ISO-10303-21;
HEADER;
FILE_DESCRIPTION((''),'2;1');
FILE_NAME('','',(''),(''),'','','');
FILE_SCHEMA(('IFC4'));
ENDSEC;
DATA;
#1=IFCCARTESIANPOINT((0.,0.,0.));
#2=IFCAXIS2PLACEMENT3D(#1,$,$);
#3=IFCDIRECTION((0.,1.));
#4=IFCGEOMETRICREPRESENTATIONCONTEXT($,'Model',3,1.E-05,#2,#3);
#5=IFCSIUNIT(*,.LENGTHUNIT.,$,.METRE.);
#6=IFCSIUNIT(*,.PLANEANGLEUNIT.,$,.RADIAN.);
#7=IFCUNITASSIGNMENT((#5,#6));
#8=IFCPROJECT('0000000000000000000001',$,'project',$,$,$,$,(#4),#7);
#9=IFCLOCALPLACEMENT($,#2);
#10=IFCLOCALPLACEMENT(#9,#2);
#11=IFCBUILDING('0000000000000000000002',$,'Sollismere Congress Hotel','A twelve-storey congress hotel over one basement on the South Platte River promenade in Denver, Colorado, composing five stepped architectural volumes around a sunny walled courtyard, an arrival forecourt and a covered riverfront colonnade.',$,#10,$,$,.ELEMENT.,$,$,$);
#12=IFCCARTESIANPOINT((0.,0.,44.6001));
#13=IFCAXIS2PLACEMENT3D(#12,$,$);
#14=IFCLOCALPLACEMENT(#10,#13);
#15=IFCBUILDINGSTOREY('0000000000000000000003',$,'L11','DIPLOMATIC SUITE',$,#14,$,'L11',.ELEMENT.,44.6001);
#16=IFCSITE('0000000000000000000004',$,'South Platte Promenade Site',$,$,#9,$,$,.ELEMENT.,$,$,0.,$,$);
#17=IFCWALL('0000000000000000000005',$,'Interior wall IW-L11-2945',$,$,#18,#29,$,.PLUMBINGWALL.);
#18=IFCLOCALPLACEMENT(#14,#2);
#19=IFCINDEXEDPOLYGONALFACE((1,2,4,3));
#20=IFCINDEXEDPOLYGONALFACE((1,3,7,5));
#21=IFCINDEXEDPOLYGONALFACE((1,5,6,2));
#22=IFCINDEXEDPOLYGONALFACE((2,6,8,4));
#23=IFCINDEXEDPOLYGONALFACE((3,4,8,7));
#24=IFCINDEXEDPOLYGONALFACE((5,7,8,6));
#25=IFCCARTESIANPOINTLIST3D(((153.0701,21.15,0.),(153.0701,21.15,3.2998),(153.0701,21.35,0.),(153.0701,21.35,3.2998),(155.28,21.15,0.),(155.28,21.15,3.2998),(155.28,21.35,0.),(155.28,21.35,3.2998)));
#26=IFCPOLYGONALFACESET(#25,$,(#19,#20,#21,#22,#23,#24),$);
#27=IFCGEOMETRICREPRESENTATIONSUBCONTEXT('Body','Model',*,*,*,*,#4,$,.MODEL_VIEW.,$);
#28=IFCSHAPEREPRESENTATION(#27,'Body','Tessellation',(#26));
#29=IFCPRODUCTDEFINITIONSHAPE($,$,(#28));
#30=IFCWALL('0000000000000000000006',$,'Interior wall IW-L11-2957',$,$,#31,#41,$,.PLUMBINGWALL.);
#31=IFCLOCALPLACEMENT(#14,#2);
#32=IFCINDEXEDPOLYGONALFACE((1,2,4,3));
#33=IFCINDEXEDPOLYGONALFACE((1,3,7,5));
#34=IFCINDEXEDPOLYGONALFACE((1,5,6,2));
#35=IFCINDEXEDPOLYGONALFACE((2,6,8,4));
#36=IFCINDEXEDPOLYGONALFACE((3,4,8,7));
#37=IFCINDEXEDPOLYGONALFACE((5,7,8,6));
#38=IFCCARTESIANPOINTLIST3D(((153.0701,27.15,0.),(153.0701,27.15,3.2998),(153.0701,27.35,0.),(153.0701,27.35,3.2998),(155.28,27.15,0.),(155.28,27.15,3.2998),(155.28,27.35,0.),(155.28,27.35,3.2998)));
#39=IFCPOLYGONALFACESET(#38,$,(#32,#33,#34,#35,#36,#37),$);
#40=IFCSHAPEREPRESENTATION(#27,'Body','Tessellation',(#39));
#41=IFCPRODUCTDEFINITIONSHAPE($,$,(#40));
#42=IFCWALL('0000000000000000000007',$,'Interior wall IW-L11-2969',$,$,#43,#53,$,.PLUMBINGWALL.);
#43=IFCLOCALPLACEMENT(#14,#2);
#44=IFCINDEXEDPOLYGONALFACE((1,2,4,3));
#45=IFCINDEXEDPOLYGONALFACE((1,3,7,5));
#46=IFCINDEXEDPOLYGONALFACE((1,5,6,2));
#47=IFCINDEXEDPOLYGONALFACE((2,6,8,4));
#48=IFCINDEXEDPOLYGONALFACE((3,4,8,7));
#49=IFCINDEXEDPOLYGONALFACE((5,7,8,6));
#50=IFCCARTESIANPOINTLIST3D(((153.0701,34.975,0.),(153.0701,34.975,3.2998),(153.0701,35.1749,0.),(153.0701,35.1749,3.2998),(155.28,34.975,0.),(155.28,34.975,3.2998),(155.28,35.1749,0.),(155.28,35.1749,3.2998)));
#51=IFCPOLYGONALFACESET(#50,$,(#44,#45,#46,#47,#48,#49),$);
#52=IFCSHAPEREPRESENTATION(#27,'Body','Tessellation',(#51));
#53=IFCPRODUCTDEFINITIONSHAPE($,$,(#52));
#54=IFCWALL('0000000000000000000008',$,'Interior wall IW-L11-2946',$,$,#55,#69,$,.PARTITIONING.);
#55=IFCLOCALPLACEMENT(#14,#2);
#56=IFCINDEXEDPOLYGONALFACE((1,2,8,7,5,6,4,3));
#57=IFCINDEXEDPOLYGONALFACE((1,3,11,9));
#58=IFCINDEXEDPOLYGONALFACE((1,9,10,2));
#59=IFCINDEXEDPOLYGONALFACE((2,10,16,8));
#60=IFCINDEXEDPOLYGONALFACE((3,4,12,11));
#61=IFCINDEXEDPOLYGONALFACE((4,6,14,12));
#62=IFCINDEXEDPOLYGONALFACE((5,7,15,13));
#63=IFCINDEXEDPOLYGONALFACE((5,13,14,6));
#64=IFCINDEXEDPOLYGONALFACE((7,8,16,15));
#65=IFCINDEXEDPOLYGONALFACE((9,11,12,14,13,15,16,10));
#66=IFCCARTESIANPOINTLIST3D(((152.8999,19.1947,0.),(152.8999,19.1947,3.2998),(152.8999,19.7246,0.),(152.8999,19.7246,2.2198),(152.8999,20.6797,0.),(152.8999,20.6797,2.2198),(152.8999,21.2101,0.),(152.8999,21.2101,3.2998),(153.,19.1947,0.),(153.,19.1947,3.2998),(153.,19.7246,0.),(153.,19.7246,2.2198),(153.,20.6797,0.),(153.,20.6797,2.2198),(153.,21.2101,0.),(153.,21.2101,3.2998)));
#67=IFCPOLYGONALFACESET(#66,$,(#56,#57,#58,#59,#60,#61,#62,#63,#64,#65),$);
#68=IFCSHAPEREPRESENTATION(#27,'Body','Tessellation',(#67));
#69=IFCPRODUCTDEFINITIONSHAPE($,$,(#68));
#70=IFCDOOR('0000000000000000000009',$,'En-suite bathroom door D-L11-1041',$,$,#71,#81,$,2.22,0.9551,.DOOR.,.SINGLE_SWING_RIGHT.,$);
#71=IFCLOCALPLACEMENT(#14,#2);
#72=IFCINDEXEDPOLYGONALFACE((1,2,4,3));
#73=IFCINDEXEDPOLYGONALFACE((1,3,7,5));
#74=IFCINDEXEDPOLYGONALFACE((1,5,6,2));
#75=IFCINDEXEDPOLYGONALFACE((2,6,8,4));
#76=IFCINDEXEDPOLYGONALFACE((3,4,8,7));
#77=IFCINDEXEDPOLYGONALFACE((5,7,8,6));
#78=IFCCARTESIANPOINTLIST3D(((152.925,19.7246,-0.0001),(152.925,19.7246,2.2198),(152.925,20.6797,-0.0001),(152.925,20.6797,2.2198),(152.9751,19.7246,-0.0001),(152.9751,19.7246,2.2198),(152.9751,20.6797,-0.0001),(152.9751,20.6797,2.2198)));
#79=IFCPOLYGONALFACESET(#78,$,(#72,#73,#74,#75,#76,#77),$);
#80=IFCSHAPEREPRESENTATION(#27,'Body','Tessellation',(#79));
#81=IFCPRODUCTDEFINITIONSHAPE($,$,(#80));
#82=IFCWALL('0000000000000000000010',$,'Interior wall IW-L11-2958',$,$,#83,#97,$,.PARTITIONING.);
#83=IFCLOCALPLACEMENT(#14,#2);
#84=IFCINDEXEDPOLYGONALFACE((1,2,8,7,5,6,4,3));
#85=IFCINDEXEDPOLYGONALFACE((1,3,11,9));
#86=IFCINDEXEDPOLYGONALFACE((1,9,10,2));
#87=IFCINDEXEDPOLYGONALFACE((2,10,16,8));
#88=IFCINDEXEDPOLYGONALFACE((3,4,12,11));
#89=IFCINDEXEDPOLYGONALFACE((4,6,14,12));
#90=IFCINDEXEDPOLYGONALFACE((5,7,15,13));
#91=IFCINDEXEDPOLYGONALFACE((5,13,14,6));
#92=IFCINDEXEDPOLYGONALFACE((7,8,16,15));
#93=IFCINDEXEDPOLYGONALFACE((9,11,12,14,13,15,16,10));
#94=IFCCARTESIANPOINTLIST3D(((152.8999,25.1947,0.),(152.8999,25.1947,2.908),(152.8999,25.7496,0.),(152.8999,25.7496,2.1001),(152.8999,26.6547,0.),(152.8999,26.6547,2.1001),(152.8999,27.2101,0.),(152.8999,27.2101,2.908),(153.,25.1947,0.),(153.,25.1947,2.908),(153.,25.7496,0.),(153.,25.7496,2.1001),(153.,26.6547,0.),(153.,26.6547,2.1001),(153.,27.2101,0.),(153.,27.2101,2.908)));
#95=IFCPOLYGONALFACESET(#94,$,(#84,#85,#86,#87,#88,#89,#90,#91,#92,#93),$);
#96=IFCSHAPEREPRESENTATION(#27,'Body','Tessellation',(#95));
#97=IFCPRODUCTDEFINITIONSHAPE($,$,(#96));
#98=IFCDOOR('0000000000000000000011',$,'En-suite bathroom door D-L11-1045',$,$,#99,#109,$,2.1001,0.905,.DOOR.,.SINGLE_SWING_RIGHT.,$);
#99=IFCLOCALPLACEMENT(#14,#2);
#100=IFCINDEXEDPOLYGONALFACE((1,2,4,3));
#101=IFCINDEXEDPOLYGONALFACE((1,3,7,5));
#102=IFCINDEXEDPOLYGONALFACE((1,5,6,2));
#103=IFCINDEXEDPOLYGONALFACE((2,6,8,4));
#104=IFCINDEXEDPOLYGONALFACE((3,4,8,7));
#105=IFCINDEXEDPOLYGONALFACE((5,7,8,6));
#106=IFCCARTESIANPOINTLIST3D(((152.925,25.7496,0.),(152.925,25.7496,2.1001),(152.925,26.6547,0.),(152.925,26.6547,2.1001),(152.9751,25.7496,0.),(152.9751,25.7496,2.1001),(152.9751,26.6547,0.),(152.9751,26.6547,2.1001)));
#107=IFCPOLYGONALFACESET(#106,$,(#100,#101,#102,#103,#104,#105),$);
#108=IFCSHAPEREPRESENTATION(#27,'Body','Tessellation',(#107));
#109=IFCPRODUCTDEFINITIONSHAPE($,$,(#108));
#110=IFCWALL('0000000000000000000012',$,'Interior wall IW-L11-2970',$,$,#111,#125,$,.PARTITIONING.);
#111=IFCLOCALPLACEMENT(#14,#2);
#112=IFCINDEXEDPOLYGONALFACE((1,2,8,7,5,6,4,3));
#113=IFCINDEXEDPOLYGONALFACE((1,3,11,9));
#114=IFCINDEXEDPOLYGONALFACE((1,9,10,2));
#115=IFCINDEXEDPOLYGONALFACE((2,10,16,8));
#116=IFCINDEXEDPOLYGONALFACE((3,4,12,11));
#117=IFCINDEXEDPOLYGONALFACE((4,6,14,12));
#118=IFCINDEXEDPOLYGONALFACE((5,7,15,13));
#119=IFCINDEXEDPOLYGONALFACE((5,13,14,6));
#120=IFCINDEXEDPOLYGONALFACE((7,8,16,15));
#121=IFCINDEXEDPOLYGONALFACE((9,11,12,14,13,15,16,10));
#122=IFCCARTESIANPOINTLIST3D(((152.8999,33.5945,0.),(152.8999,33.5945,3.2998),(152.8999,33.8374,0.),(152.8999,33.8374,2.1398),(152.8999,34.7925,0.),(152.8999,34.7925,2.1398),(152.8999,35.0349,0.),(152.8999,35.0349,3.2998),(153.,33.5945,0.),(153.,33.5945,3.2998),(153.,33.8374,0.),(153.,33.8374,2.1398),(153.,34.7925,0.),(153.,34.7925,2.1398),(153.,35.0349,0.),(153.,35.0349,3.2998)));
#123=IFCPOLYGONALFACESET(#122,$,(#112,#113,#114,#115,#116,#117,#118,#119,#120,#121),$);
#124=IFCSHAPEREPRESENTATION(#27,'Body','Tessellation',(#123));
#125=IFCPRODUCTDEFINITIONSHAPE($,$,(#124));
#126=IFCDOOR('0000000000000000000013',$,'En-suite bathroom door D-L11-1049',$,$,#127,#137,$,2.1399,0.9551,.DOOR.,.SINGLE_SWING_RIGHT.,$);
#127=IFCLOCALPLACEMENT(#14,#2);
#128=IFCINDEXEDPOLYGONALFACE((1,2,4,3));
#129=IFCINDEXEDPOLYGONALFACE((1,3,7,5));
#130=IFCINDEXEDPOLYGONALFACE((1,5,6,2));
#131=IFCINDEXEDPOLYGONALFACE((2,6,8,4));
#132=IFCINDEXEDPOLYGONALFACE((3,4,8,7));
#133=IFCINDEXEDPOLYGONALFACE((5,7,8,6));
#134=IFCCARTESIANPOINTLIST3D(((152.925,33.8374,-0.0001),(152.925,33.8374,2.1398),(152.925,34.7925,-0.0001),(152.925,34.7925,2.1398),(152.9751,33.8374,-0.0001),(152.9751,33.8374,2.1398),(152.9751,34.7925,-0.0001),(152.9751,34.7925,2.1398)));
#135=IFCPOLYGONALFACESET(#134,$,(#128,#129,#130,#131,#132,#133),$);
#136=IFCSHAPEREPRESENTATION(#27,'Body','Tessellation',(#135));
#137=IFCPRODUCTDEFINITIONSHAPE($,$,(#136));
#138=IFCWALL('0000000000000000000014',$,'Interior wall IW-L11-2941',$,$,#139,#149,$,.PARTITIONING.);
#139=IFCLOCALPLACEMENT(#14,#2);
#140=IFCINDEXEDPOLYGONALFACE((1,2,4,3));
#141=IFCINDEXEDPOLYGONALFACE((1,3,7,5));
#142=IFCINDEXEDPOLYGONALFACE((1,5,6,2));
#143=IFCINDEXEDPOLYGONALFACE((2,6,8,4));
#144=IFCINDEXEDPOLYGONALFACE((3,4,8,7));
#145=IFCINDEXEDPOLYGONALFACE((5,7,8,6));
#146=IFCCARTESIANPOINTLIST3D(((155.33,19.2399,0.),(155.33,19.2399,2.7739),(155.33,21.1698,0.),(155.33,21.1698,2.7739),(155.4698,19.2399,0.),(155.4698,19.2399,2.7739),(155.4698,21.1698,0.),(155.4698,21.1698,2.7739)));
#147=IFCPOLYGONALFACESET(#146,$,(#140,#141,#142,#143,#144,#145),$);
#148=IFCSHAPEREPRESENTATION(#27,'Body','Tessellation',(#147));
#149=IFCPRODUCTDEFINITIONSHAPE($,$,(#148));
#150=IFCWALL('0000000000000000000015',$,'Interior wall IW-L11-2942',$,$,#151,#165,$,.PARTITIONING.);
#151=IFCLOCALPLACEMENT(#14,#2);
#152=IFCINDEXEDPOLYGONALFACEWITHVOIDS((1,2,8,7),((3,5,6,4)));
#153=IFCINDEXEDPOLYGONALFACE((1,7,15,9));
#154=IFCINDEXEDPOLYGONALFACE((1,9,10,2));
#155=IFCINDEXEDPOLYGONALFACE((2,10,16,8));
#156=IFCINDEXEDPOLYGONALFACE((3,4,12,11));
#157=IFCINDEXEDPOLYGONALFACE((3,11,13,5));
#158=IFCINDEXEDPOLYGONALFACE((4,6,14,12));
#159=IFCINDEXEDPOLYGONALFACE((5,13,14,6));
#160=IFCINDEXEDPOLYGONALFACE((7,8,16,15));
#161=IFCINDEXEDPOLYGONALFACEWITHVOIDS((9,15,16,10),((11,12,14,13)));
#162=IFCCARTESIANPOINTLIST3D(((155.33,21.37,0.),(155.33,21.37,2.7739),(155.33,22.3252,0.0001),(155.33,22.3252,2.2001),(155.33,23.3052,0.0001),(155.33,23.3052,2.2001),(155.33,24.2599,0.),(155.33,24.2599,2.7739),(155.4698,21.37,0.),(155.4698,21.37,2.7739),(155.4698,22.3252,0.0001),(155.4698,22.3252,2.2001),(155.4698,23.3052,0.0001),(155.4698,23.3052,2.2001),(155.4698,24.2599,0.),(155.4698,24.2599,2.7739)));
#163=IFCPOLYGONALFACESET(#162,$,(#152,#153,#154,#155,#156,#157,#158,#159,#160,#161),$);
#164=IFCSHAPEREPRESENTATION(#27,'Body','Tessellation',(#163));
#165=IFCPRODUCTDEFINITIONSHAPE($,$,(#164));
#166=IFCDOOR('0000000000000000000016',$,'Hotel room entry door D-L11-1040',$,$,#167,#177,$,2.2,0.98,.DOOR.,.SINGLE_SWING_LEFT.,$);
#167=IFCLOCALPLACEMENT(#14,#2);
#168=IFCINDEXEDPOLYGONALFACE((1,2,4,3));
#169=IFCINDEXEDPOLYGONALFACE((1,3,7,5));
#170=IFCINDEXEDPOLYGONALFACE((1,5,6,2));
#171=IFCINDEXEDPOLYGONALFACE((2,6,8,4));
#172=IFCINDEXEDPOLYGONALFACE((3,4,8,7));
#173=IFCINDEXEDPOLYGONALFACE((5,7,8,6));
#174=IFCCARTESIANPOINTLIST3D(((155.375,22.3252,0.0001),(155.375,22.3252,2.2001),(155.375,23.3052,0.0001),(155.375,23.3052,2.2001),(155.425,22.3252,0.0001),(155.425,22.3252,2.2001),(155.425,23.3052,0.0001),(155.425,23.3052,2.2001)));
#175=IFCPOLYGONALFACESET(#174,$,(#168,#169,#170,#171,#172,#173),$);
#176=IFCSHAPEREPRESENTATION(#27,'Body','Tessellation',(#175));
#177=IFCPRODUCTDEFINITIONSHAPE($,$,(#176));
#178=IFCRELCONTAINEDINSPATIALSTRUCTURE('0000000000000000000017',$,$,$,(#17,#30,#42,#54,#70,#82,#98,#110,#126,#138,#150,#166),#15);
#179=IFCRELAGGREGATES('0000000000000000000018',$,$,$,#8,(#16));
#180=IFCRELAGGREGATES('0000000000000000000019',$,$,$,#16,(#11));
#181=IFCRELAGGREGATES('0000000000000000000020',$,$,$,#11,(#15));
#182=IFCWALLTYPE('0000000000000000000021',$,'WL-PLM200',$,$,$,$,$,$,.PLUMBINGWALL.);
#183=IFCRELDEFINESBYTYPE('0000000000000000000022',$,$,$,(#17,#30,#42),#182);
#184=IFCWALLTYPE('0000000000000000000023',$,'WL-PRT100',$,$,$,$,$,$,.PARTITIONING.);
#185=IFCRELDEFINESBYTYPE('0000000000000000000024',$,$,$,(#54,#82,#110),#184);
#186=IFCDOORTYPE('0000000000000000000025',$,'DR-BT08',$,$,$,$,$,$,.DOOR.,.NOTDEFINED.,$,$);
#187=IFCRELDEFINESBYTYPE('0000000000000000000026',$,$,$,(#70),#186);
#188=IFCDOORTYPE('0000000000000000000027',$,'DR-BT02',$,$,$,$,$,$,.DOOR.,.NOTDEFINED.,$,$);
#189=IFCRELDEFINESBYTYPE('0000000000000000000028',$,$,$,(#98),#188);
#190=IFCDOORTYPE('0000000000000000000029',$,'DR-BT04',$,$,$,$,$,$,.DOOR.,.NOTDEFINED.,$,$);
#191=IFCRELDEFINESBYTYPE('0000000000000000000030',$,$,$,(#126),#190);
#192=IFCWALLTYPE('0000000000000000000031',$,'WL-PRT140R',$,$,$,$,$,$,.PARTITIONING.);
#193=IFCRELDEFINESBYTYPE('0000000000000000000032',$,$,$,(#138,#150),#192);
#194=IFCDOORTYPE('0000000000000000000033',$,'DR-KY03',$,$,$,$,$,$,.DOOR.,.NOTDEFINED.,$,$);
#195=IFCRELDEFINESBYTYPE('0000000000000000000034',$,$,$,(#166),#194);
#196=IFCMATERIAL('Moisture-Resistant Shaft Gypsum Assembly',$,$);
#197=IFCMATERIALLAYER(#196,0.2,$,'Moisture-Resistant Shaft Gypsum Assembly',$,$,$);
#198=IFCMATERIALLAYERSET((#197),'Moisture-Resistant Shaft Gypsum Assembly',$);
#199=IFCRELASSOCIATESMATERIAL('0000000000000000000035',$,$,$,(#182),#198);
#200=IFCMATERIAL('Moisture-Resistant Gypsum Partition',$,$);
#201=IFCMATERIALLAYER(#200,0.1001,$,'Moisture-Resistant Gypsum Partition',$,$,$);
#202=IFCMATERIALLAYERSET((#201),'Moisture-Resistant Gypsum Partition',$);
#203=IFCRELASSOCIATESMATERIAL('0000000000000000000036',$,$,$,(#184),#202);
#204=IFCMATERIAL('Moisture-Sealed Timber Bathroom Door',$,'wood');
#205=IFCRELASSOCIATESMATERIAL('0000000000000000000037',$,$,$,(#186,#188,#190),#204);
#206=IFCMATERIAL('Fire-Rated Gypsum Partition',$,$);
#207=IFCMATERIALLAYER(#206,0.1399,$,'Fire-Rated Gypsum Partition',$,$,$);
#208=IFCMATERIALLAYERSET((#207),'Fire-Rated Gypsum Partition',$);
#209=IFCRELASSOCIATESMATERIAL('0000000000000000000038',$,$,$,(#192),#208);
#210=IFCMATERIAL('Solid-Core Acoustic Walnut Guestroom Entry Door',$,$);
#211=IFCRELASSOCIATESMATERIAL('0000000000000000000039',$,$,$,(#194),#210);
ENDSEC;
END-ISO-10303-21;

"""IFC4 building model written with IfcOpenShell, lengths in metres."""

from ifc_helpers import new_model, si_unit, direction, frame, frame_2d, origin, place, context, subcontext, project, spatial, rectangle, extrude, material, layer, layer_set, type_object, element, fill, save


model = new_model("IFC4")

# Units and contexts
model_context = context("Model", 3, precision=1e-05, world=origin(), true_north=direction((0.0, 1.0)))
body_context = subcontext(model_context, "Body", "Model", "MODEL_VIEW")
ifc_project = project(units=[si_unit("LENGTHUNIT", "METRE"), si_unit("PLANEANGLEUNIT", "RADIAN")], contexts=[model_context])

# Site, building, storey
site_placement = place(None, origin())
site = spatial("IfcSite", under=ifc_project, at=site_placement, Name="South Platte Promenade Site", CompositionType="ELEMENT", RefElevation=0.0)
building_placement = place(site_placement, origin())
building = spatial("IfcBuilding", under=site, at=building_placement, Name="Sollismere Congress Hotel", Description="A twelve-storey congress hotel over one basement on the South Platte River promenade in Denver, Colorado, composing five stepped architectural volumes around a sunny walled courtyard, an arrival forecourt and a covered riverfront colonnade.", CompositionType="ELEMENT")
storey_placement = place(building_placement, frame((0.0, 0.0, 44.6001)))
storey = spatial("IfcBuildingStorey", under=building, at=storey_placement, Name="L11", Description="DIPLOMATIC SUITE", LongName="L11", CompositionType="ELEMENT", Elevation=44.6001)

# Walls
ifc_material_1 = material(Name="Moisture-Resistant Shaft Gypsum Assembly")
ifc_layer_1 = layer(ifc_material_1, 0.2, Name="Moisture-Resistant Shaft Gypsum Assembly")
ifc_layer_set_1 = layer_set([ifc_layer_1], Name="Moisture-Resistant Shaft Gypsum Assembly")
wall_type_1 = type_object("IfcWallType", Name="WL-PLM200", PredefinedType="PLUMBINGWALL", material=ifc_layer_set_1)
for number, where, z_axis, x_axis, name in (
    (1, (153.0701, 21.25, 0.0), (0.0, 0.0, 1.0), (1.0, 0.0, 0.0), "Interior wall IW-L11-2945"),
    (2, (153.0701, 27.25, 0.0), (0.0, 0.0, 1.0), (1.0, 0.0, 0.0), "Interior wall IW-L11-2957"),
    (3, (153.0701, 35.075, 0.0), (0.0, 0.0, 1.0), (1.0, 0.0, 0.0), "Interior wall IW-L11-2969"),
):
    element("IfcWall", number, at=place(storey_placement, frame(where, z_axis=z_axis, x_axis=x_axis)), inside=storey, type_object=wall_type_1, Name=name, PredefinedType="PLUMBINGWALL", context=body_context, shape_type="SweptSolid", body=[
        extrude(rectangle(XDim=2.21, YDim=0.2, at=frame_2d((1.105, 0.0))), origin(), (0.0, 0.0, 1.0), 3.2998),
    ])

# Walls, openings, doors
ifc_material_2 = material(Name="Moisture-Resistant Gypsum Partition")
ifc_layer_2 = layer(ifc_material_2, 0.1001, Name="Moisture-Resistant Gypsum Partition")
ifc_layer_set_2 = layer_set([ifc_layer_2], Name="Moisture-Resistant Gypsum Partition")
wall_type_2 = type_object("IfcWallType", Name="WL-PRT100", PredefinedType="PARTITIONING", material=ifc_layer_set_2)
wall_1_placement = place(storey_placement, frame((152.95, 19.1946, 0.0), z_axis=(0.0, 0.0, 1.0), x_axis=(0.0, 1.0, 0.0)))
wall_1 = element("IfcWall", 4, at=wall_1_placement, inside=storey, type_object=wall_type_2, Name="Interior wall IW-L11-2946", PredefinedType="PARTITIONING", context=body_context, shape_type="SweptSolid", body=[
    extrude(rectangle(XDim=2.0154, YDim=0.1001, at=frame_2d((1.0078, 0.0))), origin(), (0.0, 0.0, 1.0), 3.2998),
])
opening_1_placement = place(wall_1_placement, frame((0.53, 0.0, 0.0)))
opening_1 = element("IfcOpeningElement", 5, at=opening_1_placement, cuts=wall_1, PredefinedType="OPENING", context=body_context, shape_type="SweptSolid", body=[
    extrude(rectangle(XDim=0.9551, YDim=2.22, at=frame_2d((0.4775, 1.1099))), frame((0.0, 0.0601, 0.0), z_axis=(0.0, -1.0, 0.0), x_axis=(1.0, 0.0, 0.0)), (0.0, 0.0, 1.0), 0.1201),
])
ifc_material_3 = material(Name="Moisture-Sealed Timber Bathroom Door", Category="wood")
door_type_1 = type_object("IfcDoorType", Name="DR-BT08", OperationType="NOTDEFINED", PredefinedType="DOOR", material=ifc_material_3)
door_1_placement = place(opening_1_placement, origin())
door_1 = element("IfcDoor", 6, at=door_1_placement, inside=storey, type_object=door_type_1, Name="En-suite bathroom door D-L11-1041", OperationType="SINGLE_SWING_RIGHT", OverallHeight=2.22, OverallWidth=0.9551, PredefinedType="DOOR", context=body_context, shape_type="SweptSolid", body=[
    extrude(rectangle(XDim=0.9551, YDim=2.22, at=frame_2d((0.4775, 1.1099))), frame((0.0, 0.0249, 0.0), z_axis=(0.0, -1.0, 0.0), x_axis=(1.0, 0.0, 0.0)), (0.0, 0.0, 1.0), 0.05),
])
fill(opening_1, door_1)
wall_2_placement = place(storey_placement, frame((152.95, 25.1946, 0.0), z_axis=(0.0, 0.0, 1.0), x_axis=(0.0, 1.0, 0.0)))
wall_2 = element("IfcWall", 7, at=wall_2_placement, inside=storey, type_object=wall_type_2, Name="Interior wall IW-L11-2958", PredefinedType="PARTITIONING", context=body_context, shape_type="SweptSolid", body=[
    extrude(rectangle(XDim=2.0154, YDim=0.1001, at=frame_2d((1.0078, 0.0))), origin(), (0.0, 0.0, 1.0), 2.908),
])
opening_2_placement = place(wall_2_placement, frame((0.5549, 0.0, 0.0)))
opening_2 = element("IfcOpeningElement", 8, at=opening_2_placement, cuts=wall_2, PredefinedType="OPENING", context=body_context, shape_type="SweptSolid", body=[
    extrude(rectangle(XDim=0.905, YDim=2.1001, at=frame_2d((0.4526, 1.05))), frame((0.0, 0.0601, 0.0), z_axis=(0.0, -1.0, 0.0), x_axis=(1.0, 0.0, 0.0)), (0.0, 0.0, 1.0), 0.1201),
])
door_type_2 = type_object("IfcDoorType", Name="DR-BT02", OperationType="NOTDEFINED", PredefinedType="DOOR", material=ifc_material_3)
door_2_placement = place(opening_2_placement, origin())
door_2 = element("IfcDoor", 9, at=door_2_placement, inside=storey, type_object=door_type_2, Name="En-suite bathroom door D-L11-1045", OperationType="SINGLE_SWING_RIGHT", OverallHeight=2.1001, OverallWidth=0.905, PredefinedType="DOOR", context=body_context, shape_type="SweptSolid", body=[
    extrude(rectangle(XDim=0.905, YDim=2.1001, at=frame_2d((0.4526, 1.05))), frame((0.0, 0.0249, 0.0), z_axis=(0.0, -1.0, 0.0), x_axis=(1.0, 0.0, 0.0)), (0.0, 0.0, 1.0), 0.05),
])
fill(opening_2, door_2)
wall_3_placement = place(storey_placement, frame((152.95, 33.5945, 0.0), z_axis=(0.0, 0.0, 1.0), x_axis=(0.0, 1.0, 0.0)))
wall_3 = element("IfcWall", 10, at=wall_3_placement, inside=storey, type_object=wall_type_2, Name="Interior wall IW-L11-2970", PredefinedType="PARTITIONING", context=body_context, shape_type="SweptSolid", body=[
    extrude(rectangle(XDim=1.4404, YDim=0.1001, at=frame_2d((0.7202, 0.0))), origin(), (0.0, 0.0, 1.0), 3.2998),
])
opening_3_placement = place(wall_3_placement, frame((0.2429, 0.0, 0.0)))
opening_3 = element("IfcOpeningElement", 11, at=opening_3_placement, cuts=wall_3, PredefinedType="OPENING", context=body_context, shape_type="SweptSolid", body=[
    extrude(rectangle(XDim=0.9551, YDim=2.1399, at=frame_2d((0.4775, 1.0698))), frame((0.0, 0.0601, 0.0), z_axis=(0.0, -1.0, 0.0), x_axis=(1.0, 0.0, 0.0)), (0.0, 0.0, 1.0), 0.1201),
])
door_type_3 = type_object("IfcDoorType", Name="DR-BT04", OperationType="NOTDEFINED", PredefinedType="DOOR", material=ifc_material_3)
door_3_placement = place(opening_3_placement, origin())
door_3 = element("IfcDoor", 12, at=door_3_placement, inside=storey, type_object=door_type_3, Name="En-suite bathroom door D-L11-1049", OperationType="SINGLE_SWING_RIGHT", OverallHeight=2.1399, OverallWidth=0.9551, PredefinedType="DOOR", context=body_context, shape_type="SweptSolid", body=[
    extrude(rectangle(XDim=0.9551, YDim=2.1399, at=frame_2d((0.4775, 1.0698))), frame((0.0, 0.0249, 0.0), z_axis=(0.0, -1.0, 0.0), x_axis=(1.0, 0.0, 0.0)), (0.0, 0.0, 1.0), 0.05),
])
fill(opening_3, door_3)

# Wall
ifc_material_4 = material(Name="Fire-Rated Gypsum Partition")
ifc_layer_3 = layer(ifc_material_4, 0.1399, Name="Fire-Rated Gypsum Partition")
ifc_layer_set_3 = layer_set([ifc_layer_3], Name="Fire-Rated Gypsum Partition")
wall_type_3 = type_object("IfcWallType", Name="WL-PRT140R", PredefinedType="PARTITIONING", material=ifc_layer_set_3)
wall_4_placement = place(storey_placement, frame((155.3999, 19.24, 0.0), z_axis=(0.0, 0.0, 1.0), x_axis=(0.0, 1.0, 0.0)))
element("IfcWall", 13, at=wall_4_placement, inside=storey, type_object=wall_type_3, Name="Interior wall IW-L11-2941", PredefinedType="PARTITIONING", context=body_context, shape_type="SweptSolid", body=[
    extrude(rectangle(XDim=1.9299, YDim=0.1399, at=frame_2d((0.9648, 0.0))), origin(), (0.0, 0.0, 1.0), 2.7739),
])

# Wall, opening, door
wall_5_placement = place(storey_placement, frame((155.3999, 21.3701, 0.0), z_axis=(0.0, 0.0, 1.0), x_axis=(0.0, 1.0, 0.0)))
wall_5 = element("IfcWall", 14, at=wall_5_placement, inside=storey, type_object=wall_type_3, Name="Interior wall IW-L11-2942", PredefinedType="PARTITIONING", context=body_context, shape_type="SweptSolid", body=[
    extrude(rectangle(XDim=2.8899, YDim=0.1399, at=frame_2d((1.4448, 0.0))), origin(), (0.0, 0.0, 1.0), 2.7739),
])
opening_4_placement = place(wall_5_placement, frame((0.9551, 0.0, 0.0)))
opening_4 = element("IfcOpeningElement", 15, at=opening_4_placement, cuts=wall_5, PredefinedType="OPENING", context=body_context, shape_type="SweptSolid", body=[
    extrude(rectangle(XDim=0.98, YDim=2.2, at=frame_2d((0.49, 1.1001))), frame((0.0, 0.0798, 0.0), z_axis=(0.0, -1.0, 0.0), x_axis=(1.0, 0.0, 0.0)), (0.0, 0.0, 1.0), 0.1599),
])
ifc_material_5 = material(Name="Solid-Core Acoustic Walnut Guestroom Entry Door")
door_type_4 = type_object("IfcDoorType", Name="DR-KY03", OperationType="NOTDEFINED", PredefinedType="DOOR", material=ifc_material_5)
door_4_placement = place(opening_4_placement, origin())
door_4 = element("IfcDoor", 16, at=door_4_placement, inside=storey, type_object=door_type_4, Name="Hotel room entry door D-L11-1040", OperationType="SINGLE_SWING_LEFT", OverallHeight=2.2, OverallWidth=0.98, PredefinedType="DOOR", context=body_context, shape_type="SweptSolid", body=[
    extrude(rectangle(XDim=0.98, YDim=2.2, at=frame_2d((0.49, 1.1001))), frame((0.0, 0.0249, 0.0), z_axis=(0.0, -1.0, 0.0), x_axis=(1.0, 0.0, 0.0)), (0.0, 0.0, 1.0), 0.05),
])
fill(opening_4, door_4)

save(model, "model.ifc")
